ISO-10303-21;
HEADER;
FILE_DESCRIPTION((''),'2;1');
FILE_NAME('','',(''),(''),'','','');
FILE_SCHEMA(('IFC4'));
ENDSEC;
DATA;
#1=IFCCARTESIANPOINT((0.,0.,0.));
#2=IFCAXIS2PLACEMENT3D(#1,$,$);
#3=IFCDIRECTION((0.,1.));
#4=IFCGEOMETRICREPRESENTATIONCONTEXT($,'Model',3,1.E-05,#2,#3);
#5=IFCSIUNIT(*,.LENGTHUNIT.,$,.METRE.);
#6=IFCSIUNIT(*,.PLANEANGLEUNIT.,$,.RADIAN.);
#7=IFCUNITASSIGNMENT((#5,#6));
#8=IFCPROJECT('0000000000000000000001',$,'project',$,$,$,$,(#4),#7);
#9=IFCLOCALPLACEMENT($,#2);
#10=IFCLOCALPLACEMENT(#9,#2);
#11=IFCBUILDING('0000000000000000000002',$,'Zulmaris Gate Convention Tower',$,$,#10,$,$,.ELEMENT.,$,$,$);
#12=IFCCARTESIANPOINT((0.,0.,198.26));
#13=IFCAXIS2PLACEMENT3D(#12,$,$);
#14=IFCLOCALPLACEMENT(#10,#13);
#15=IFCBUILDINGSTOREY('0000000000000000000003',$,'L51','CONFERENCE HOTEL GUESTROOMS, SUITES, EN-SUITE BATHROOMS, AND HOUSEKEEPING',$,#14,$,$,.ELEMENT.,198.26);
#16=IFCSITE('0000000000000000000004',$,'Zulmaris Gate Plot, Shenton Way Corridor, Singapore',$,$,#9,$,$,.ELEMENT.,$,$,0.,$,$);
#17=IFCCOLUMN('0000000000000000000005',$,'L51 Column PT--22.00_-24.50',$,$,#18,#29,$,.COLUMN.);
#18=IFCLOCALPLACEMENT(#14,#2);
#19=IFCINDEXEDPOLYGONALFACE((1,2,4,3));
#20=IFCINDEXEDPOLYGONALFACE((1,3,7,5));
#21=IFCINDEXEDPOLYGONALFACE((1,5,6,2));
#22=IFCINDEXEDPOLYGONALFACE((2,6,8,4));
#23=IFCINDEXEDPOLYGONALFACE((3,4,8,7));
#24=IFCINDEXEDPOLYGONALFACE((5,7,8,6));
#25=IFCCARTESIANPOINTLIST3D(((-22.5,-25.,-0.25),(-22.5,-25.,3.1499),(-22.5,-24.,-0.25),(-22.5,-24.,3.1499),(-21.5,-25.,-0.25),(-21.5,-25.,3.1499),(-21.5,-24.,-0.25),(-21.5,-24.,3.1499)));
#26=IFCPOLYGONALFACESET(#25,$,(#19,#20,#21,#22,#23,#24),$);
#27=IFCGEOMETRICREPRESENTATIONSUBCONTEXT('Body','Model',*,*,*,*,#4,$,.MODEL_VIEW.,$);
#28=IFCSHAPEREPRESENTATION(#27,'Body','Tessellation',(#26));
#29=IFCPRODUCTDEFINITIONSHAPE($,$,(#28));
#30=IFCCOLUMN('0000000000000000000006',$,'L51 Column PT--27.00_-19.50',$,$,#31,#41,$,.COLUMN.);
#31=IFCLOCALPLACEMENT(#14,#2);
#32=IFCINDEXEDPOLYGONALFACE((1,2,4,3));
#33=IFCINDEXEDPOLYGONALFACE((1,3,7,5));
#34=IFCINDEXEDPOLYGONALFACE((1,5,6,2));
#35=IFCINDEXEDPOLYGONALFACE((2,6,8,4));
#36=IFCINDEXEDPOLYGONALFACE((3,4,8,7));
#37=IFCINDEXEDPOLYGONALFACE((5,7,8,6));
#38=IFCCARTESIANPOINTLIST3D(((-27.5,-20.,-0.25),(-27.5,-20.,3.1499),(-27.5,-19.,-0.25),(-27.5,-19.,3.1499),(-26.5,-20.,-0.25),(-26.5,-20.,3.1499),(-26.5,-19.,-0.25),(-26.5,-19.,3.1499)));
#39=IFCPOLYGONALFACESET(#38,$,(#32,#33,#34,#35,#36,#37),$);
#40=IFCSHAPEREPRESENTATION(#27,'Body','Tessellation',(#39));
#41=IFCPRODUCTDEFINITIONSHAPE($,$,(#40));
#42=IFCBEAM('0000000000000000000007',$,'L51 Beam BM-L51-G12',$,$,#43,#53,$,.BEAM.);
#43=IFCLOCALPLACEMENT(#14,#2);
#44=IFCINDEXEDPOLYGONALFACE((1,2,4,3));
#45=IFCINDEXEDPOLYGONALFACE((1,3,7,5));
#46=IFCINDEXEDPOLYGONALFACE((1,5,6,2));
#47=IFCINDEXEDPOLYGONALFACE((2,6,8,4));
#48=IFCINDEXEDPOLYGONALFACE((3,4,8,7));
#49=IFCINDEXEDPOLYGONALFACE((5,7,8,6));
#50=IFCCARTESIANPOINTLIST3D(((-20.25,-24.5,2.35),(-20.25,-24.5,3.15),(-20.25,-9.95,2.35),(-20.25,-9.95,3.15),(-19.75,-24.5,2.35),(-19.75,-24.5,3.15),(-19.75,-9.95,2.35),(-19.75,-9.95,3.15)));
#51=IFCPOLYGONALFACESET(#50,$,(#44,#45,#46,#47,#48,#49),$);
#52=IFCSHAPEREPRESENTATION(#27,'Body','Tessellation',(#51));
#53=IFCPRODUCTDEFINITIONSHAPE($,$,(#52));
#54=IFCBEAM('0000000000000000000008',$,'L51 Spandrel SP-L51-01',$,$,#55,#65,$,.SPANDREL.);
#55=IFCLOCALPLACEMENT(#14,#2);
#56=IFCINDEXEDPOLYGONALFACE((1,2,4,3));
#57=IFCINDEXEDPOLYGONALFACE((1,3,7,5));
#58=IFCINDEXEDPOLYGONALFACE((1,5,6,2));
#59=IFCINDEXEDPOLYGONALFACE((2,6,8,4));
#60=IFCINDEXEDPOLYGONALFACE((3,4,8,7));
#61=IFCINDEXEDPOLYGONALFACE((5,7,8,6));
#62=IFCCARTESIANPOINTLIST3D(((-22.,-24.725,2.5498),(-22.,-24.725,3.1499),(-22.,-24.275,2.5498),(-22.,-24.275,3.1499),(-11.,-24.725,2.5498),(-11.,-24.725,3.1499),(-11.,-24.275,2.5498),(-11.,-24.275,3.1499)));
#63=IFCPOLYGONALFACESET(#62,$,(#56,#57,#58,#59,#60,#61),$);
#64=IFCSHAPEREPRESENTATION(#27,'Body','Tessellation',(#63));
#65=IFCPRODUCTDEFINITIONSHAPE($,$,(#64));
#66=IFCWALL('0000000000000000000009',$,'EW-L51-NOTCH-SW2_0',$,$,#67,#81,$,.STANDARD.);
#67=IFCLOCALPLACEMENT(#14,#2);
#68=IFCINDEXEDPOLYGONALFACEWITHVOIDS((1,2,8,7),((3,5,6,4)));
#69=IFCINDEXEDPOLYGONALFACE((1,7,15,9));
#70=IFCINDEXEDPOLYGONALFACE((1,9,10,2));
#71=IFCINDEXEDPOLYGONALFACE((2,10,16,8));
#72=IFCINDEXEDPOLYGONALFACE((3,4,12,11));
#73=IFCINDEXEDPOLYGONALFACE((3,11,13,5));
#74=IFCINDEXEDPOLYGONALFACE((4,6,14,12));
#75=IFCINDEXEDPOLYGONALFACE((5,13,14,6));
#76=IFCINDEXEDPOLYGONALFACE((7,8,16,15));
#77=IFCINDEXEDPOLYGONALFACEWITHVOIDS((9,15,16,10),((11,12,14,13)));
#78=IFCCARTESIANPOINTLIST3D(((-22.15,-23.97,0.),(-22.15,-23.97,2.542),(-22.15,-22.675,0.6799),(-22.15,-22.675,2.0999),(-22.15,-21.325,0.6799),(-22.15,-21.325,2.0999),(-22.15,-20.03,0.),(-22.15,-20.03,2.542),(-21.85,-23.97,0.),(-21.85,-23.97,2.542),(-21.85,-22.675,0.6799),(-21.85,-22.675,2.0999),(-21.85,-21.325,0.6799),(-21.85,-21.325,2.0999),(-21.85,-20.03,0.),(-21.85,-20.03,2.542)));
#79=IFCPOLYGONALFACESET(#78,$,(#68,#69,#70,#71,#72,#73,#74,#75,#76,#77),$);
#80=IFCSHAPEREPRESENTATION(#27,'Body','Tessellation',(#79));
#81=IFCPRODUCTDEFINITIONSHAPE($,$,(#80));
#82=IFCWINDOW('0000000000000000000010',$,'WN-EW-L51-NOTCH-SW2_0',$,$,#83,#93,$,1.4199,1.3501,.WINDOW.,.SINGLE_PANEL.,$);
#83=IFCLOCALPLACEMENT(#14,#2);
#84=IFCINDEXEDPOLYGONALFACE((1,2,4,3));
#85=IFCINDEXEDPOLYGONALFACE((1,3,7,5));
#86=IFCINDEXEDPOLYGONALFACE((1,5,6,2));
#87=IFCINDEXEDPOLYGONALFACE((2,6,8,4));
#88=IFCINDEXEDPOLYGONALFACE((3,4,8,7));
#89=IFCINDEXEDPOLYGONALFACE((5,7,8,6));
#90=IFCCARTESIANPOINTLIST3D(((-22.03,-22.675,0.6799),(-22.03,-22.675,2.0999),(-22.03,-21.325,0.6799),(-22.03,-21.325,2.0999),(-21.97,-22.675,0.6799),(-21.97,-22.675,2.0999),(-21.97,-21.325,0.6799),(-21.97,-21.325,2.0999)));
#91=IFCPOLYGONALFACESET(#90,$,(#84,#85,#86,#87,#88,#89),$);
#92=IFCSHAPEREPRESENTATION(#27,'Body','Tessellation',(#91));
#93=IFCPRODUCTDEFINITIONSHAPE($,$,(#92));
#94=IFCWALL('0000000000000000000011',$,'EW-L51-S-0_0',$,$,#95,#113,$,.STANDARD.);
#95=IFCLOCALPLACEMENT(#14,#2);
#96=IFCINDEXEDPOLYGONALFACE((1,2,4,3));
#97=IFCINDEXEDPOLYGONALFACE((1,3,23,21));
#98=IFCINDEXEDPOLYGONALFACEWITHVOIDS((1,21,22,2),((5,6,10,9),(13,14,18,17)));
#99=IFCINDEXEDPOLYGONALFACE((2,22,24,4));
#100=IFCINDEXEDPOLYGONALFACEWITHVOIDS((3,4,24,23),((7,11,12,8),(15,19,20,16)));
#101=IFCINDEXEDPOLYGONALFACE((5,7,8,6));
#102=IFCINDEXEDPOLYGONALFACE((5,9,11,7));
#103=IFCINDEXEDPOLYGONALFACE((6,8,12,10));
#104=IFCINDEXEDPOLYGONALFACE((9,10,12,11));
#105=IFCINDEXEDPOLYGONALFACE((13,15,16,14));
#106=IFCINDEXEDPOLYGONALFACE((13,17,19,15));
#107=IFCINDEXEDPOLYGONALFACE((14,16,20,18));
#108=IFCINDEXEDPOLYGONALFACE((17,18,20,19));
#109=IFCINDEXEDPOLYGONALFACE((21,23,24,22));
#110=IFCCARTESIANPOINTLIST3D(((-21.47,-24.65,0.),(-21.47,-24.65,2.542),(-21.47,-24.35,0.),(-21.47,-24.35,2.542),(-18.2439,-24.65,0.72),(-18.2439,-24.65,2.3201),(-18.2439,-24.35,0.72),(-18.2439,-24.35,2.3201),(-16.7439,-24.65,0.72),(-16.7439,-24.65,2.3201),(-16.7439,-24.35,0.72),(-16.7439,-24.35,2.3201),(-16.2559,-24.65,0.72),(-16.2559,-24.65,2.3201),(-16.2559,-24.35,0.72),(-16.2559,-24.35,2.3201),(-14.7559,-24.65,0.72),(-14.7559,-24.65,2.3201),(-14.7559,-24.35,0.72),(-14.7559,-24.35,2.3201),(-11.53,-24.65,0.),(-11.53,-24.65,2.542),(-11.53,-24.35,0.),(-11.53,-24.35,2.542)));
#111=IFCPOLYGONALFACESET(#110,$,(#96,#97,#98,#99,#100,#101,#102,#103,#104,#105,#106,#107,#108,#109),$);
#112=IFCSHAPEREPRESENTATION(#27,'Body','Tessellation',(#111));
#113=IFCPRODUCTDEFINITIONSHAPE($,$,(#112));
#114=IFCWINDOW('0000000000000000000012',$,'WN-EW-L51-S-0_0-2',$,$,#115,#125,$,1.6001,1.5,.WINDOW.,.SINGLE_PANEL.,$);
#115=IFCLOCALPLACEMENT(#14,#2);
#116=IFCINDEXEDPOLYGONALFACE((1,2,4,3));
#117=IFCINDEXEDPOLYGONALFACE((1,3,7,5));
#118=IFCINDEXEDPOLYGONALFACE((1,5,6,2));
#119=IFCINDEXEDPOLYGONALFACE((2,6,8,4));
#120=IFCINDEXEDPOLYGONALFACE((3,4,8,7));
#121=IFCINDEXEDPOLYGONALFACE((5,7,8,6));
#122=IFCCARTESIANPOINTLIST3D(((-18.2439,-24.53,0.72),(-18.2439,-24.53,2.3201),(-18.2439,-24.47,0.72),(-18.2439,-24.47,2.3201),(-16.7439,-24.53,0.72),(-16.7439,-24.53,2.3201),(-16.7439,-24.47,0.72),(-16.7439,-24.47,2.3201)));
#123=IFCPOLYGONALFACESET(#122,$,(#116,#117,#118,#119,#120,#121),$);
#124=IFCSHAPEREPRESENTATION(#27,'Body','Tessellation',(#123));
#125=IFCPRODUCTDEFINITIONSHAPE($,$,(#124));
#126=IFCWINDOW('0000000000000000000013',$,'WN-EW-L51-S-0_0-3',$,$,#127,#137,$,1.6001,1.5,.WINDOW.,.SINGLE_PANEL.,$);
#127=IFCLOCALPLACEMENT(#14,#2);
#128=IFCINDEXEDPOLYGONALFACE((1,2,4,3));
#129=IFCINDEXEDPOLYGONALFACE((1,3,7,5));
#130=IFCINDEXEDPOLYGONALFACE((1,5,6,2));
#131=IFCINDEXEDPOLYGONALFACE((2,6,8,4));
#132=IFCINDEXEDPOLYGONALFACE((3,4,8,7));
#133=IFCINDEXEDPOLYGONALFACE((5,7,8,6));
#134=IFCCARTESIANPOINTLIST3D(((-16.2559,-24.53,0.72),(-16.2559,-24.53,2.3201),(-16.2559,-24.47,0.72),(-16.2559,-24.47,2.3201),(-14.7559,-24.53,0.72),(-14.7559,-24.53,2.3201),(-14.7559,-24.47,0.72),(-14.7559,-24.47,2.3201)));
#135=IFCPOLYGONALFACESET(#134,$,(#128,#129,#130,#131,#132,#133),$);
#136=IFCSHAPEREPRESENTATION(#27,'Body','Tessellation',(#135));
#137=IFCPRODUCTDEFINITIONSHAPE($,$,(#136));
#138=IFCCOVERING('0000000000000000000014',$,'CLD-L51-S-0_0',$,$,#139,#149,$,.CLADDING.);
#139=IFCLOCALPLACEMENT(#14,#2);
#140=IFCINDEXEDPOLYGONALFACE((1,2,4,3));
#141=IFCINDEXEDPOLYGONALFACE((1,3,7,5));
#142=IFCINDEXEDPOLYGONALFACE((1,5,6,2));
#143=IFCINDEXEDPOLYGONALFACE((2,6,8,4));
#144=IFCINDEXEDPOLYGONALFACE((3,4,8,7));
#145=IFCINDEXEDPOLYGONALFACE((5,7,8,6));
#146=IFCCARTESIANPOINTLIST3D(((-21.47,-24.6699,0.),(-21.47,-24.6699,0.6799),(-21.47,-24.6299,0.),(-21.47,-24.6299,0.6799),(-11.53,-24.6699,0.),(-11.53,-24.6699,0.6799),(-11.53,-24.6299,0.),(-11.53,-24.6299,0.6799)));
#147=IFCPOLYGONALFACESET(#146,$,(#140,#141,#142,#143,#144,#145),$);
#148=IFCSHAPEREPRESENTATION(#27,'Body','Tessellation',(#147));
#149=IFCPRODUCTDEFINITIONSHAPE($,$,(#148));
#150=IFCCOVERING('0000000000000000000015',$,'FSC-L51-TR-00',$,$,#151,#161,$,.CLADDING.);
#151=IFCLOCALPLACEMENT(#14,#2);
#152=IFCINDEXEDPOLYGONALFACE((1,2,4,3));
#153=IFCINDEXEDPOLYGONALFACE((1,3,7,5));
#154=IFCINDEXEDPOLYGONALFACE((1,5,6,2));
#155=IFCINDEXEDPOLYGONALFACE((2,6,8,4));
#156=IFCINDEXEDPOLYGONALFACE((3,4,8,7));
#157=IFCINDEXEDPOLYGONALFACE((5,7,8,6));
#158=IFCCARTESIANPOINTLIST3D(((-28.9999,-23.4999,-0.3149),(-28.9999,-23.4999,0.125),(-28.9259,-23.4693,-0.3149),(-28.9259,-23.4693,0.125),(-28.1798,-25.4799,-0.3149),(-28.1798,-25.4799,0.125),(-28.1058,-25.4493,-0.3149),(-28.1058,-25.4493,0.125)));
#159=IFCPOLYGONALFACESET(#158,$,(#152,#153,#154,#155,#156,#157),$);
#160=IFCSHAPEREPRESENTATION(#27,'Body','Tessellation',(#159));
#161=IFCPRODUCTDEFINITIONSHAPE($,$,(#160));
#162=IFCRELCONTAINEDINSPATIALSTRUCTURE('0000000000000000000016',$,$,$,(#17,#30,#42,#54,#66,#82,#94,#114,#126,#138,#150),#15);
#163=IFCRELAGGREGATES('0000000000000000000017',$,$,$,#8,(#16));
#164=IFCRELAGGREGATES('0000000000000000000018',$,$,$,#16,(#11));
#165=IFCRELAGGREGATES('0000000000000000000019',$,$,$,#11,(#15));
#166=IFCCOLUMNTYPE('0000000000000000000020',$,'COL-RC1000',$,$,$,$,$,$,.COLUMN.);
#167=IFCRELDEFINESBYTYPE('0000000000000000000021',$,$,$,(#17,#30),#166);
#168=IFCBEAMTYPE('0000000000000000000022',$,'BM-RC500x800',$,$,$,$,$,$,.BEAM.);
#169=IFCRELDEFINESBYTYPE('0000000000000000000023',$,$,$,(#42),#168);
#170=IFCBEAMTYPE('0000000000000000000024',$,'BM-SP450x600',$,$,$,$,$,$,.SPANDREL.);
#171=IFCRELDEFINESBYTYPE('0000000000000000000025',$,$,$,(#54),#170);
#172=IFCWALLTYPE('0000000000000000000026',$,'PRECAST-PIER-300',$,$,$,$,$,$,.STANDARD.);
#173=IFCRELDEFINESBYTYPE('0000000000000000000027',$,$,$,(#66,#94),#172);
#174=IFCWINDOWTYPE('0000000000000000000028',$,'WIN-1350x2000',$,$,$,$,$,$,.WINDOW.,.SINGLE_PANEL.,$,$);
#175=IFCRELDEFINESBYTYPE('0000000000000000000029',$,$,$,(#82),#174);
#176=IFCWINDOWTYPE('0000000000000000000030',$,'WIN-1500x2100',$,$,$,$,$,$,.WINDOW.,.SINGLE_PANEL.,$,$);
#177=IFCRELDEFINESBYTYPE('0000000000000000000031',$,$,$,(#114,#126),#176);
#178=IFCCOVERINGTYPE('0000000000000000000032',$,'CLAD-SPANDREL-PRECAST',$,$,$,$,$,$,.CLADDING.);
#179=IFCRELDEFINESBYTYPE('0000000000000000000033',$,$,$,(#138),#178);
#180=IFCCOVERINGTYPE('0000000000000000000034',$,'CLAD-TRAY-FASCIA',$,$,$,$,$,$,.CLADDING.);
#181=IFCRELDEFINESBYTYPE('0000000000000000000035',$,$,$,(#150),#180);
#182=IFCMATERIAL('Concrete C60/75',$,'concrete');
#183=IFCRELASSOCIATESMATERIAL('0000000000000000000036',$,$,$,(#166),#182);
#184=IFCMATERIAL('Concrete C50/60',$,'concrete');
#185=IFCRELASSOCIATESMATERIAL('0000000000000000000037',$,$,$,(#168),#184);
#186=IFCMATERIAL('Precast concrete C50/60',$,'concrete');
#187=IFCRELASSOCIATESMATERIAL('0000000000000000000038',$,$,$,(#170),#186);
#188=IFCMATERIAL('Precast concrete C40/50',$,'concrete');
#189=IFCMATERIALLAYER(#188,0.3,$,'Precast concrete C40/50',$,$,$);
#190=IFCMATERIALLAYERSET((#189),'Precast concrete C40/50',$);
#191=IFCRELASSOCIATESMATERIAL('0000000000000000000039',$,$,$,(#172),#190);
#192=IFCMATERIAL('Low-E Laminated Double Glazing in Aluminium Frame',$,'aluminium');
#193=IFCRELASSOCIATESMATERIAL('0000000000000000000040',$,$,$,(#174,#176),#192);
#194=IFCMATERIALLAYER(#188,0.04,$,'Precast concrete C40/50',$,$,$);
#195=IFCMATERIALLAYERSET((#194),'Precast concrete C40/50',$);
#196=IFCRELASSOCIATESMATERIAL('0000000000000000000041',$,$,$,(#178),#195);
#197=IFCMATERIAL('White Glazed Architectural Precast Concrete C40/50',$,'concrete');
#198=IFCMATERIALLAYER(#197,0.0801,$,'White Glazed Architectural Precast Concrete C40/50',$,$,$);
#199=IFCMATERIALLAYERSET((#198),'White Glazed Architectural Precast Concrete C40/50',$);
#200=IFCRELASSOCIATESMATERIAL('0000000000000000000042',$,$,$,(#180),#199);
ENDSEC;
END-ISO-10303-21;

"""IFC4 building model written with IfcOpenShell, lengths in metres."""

from ifc_helpers import new_model, si_unit, direction, frame, frame_2d, origin, origin_2d, place, context, subcontext, project, spatial, rectangle, extrude, material, layer, layer_set, material_profile, profile_set, type_object, element, fill, save


model = new_model("IFC4")

# Units and contexts
model_context = context("Model", 3, precision=1e-05, world=origin(), true_north=direction((0.0, 1.0)))
body_context = subcontext(model_context, "Body", "Model", "MODEL_VIEW")
ifc_project = project(units=[si_unit("LENGTHUNIT", "METRE"), si_unit("PLANEANGLEUNIT", "RADIAN")], contexts=[model_context])

# Site, building, storey
site_placement = place(None, origin())
site = spatial("IfcSite", under=ifc_project, at=site_placement, Name="Zulmaris Gate Plot, Shenton Way Corridor, Singapore", CompositionType="ELEMENT", RefElevation=0.0)
building_placement = place(site_placement, origin())
building = spatial("IfcBuilding", under=site, at=building_placement, Name="Zulmaris Gate Convention Tower", CompositionType="ELEMENT")
storey_placement = place(building_placement, frame((0.0, 0.0, 198.26)))
storey = spatial("IfcBuildingStorey", under=building, at=storey_placement, Name="L51", Description="CONFERENCE HOTEL GUESTROOMS, SUITES, EN-SUITE BATHROOMS, AND HOUSEKEEPING", CompositionType="ELEMENT", Elevation=198.26)

# Columns
ifc_material_1 = material(Name="Concrete C60/75", Category="concrete")
ifc_material_profile_1 = material_profile(ifc_material_1, rectangle(XDim=1.0, YDim=1.0, at=origin_2d()), Name="RC COL 1000x1000")
ifc_profile_set_1 = profile_set([ifc_material_profile_1], Name="Concrete C60/75")
column_type = type_object("IfcColumnType", Name="COL-RC1000", PredefinedType="COLUMN", material=ifc_profile_set_1)
for number, where, z_axis, x_axis, name in (
    (1, (-22.0, -24.5, -0.25), (0.0, 0.0, 1.0), (1.0, 0.0, 0.0), "L51 Column PT--22.00_-24.50"),
    (2, (-27.0, -19.5, -0.25), (0.0, 0.0, 1.0), (1.0, 0.0, 0.0), "L51 Column PT--27.00_-19.50"),
):
    element("IfcColumn", number, at=place(storey_placement, frame(where, z_axis=z_axis, x_axis=x_axis)), inside=storey, type_object=column_type, Name=name, PredefinedType="COLUMN", context=body_context, shape_type="SweptSolid", body=[
        extrude(rectangle(XDim=1.0, YDim=1.0, at=origin_2d()), origin(), (0.0, 0.0, 1.0), 3.3999),
    ])

# Beams
ifc_material_2 = material(Name="Concrete C50/60", Category="concrete")
ifc_material_profile_2 = material_profile(ifc_material_2, rectangle(XDim=0.5, YDim=0.8, at=origin_2d()), Name="RC BEAM 500x800")
ifc_profile_set_2 = profile_set([ifc_material_profile_2], Name="Concrete C50/60")
beam_type_1 = type_object("IfcBeamType", Name="BM-RC500x800", PredefinedType="BEAM", material=ifc_profile_set_2)
beam_1_placement = place(storey_placement, frame((-20.0, -24.5, 2.75), z_axis=(0.0, 1.0, 0.0), x_axis=(-1.0, 0.0, 0.0)))
element("IfcBeam", 3, at=beam_1_placement, inside=storey, type_object=beam_type_1, Name="L51 Beam BM-L51-G12", PredefinedType="BEAM", context=body_context, shape_type="SweptSolid", body=[
    extrude(rectangle(XDim=0.5, YDim=0.8, at=origin_2d()), origin(), (0.0, 0.0, 1.0), 14.55),
])
ifc_material_3 = material(Name="Precast concrete C50/60", Category="concrete")
ifc_material_profile_3 = material_profile(ifc_material_3, rectangle(XDim=0.45, YDim=0.6001, at=origin_2d()), Name="RC SPANDREL 450x600")
ifc_profile_set_3 = profile_set([ifc_material_profile_3], Name="Precast concrete C50/60")
beam_type_2 = type_object("IfcBeamType", Name="BM-SP450x600", PredefinedType="SPANDREL", material=ifc_profile_set_3)
beam_2_placement = place(storey_placement, frame((-22.0, -24.5, 2.8499), z_axis=(1.0, 0.0, 0.0), x_axis=(0.0, 1.0, 0.0)))
element("IfcBeam", 4, at=beam_2_placement, inside=storey, type_object=beam_type_2, Name="L51 Spandrel SP-L51-01", PredefinedType="SPANDREL", context=body_context, shape_type="SweptSolid", body=[
    extrude(rectangle(XDim=0.45, YDim=0.6001, at=origin_2d()), origin(), (0.0, 0.0, 1.0), 11.0),
])

# Wall, opening, window
ifc_material_4 = material(Name="Precast concrete C40/50", Category="concrete")
ifc_layer_1 = layer(ifc_material_4, 0.3, Name="Precast concrete C40/50")
ifc_layer_set_1 = layer_set([ifc_layer_1], Name="Precast concrete C40/50")
wall_type = type_object("IfcWallType", Name="PRECAST-PIER-300", PredefinedType="STANDARD", material=ifc_layer_set_1)
wall_1_placement = place(storey_placement, frame((-22.0, -20.03, 0.0), z_axis=(0.0, 0.0, 1.0), x_axis=(0.0, -1.0, 0.0)))
wall_1 = element("IfcWall", 5, at=wall_1_placement, inside=storey, type_object=wall_type, Name="EW-L51-NOTCH-SW2_0", PredefinedType="STANDARD", context=body_context, shape_type="SweptSolid", body=[
    extrude(rectangle(XDim=3.9399, YDim=0.3, at=frame_2d((1.97, 0.0))), origin(), (0.0, 0.0, 1.0), 2.542),
])
opening_1_placement = place(wall_1_placement, frame((1.2949, 0.0, 0.6799)))
opening_1 = element("IfcOpeningElement", 6, at=opening_1_placement, cuts=wall_1, PredefinedType="OPENING", context=body_context, shape_type="SweptSolid", body=[
    extrude(rectangle(XDim=1.3501, YDim=1.4199, at=frame_2d((0.675, 0.71))), frame((0.0, 0.1602, 0.0), z_axis=(0.0, -1.0, 0.0), x_axis=(1.0, 0.0, 0.0)), (0.0, 0.0, 1.0), 0.3201),
])
ifc_material_5 = material(Name="Low-E Laminated Double Glazing in Aluminium Frame", Category="aluminium")
window_type_1 = type_object("IfcWindowType", Name="WIN-1350x2000", PartitioningType="SINGLE_PANEL", PredefinedType="WINDOW", material=ifc_material_5)
window_1_placement = place(opening_1_placement, origin())
window_1 = element("IfcWindow", 7, at=window_1_placement, inside=storey, type_object=window_type_1, Name="WN-EW-L51-NOTCH-SW2_0", OverallHeight=1.4199, OverallWidth=1.3501, PartitioningType="SINGLE_PANEL", PredefinedType="WINDOW", context=body_context, shape_type="SweptSolid", body=[
    extrude(rectangle(XDim=1.3501, YDim=1.4199, at=frame_2d((0.675, 0.71))), frame((0.0, 0.03, 0.0), z_axis=(0.0, -1.0, 0.0), x_axis=(1.0, 0.0, 0.0)), (0.0, 0.0, 1.0), 0.0601),
])
fill(opening_1, window_1)

# Wall, openings, windows
wall_2_placement = place(storey_placement, frame((-21.47, -24.5, 0.0), z_axis=(0.0, 0.0, 1.0), x_axis=(1.0, 0.0, 0.0)))
wall_2 = element("IfcWall", 8, at=wall_2_placement, inside=storey, type_object=wall_type, Name="EW-L51-S-0_0", PredefinedType="STANDARD", context=body_context, shape_type="SweptSolid", body=[
    extrude(rectangle(XDim=9.9399, YDim=0.3, at=frame_2d((4.97, 0.0))), origin(), (0.0, 0.0, 1.0), 2.542),
])
opening_2_placement = place(wall_2_placement, frame((3.2261, 0.0, 0.72)))
opening_2 = element("IfcOpeningElement", 9, at=opening_2_placement, cuts=wall_2, PredefinedType="OPENING", context=body_context, shape_type="SweptSolid", body=[
    extrude(rectangle(XDim=1.5, YDim=1.6001, at=frame_2d((0.75, 0.8))), frame((0.0, 0.1602, 0.0), z_axis=(0.0, -1.0, 0.0), x_axis=(1.0, 0.0, 0.0)), (0.0, 0.0, 1.0), 0.3201),
])
opening_3_placement = place(wall_2_placement, frame((5.2141, 0.0, 0.72)))
opening_3 = element("IfcOpeningElement", 10, at=opening_3_placement, cuts=wall_2, PredefinedType="OPENING", context=body_context, shape_type="SweptSolid", body=[
    extrude(rectangle(XDim=1.5, YDim=1.6001, at=frame_2d((0.75, 0.8))), frame((0.0, 0.1602, 0.0), z_axis=(0.0, -1.0, 0.0), x_axis=(1.0, 0.0, 0.0)), (0.0, 0.0, 1.0), 0.3201),
])
window_type_2 = type_object("IfcWindowType", Name="WIN-1500x2100", PartitioningType="SINGLE_PANEL", PredefinedType="WINDOW", material=ifc_material_5)
window_2_placement = place(opening_2_placement, origin())
window_2 = element("IfcWindow", 11, at=window_2_placement, inside=storey, type_object=window_type_2, Name="WN-EW-L51-S-0_0-2", OverallHeight=1.6001, OverallWidth=1.5, PartitioningType="SINGLE_PANEL", PredefinedType="WINDOW", context=body_context, shape_type="SweptSolid", body=[
    extrude(rectangle(XDim=1.5, YDim=1.6001, at=frame_2d((0.75, 0.8))), frame((0.0, 0.03, 0.0), z_axis=(0.0, -1.0, 0.0), x_axis=(1.0, 0.0, 0.0)), (0.0, 0.0, 1.0), 0.0601),
])
fill(opening_2, window_2)
window_3_placement = place(opening_3_placement, origin())
window_3 = element("IfcWindow", 12, at=window_3_placement, inside=storey, type_object=window_type_2, Name="WN-EW-L51-S-0_0-3", OverallHeight=1.6001, OverallWidth=1.5, PartitioningType="SINGLE_PANEL", PredefinedType="WINDOW", context=body_context, shape_type="SweptSolid", body=[
    extrude(rectangle(XDim=1.5, YDim=1.6001, at=frame_2d((0.75, 0.8))), frame((0.0, 0.03, 0.0), z_axis=(0.0, -1.0, 0.0), x_axis=(1.0, 0.0, 0.0)), (0.0, 0.0, 1.0), 0.0601),
])
fill(opening_3, window_3)

# Coverings
ifc_layer_2 = layer(ifc_material_4, 0.04, Name="Precast concrete C40/50")
ifc_layer_set_2 = layer_set([ifc_layer_2], Name="Precast concrete C40/50")
covering_type_1 = type_object("IfcCoveringType", Name="CLAD-SPANDREL-PRECAST", PredefinedType="CLADDING", material=ifc_layer_set_2)
covering_1_placement = place(storey_placement, frame((-21.47, -24.6499, 0.0), z_axis=(0.0, 0.0, 1.0), x_axis=(1.0, 0.0, 0.0)))
element("IfcCovering", 13, at=covering_1_placement, inside=storey, type_object=covering_type_1, Name="CLD-L51-S-0_0", PredefinedType="CLADDING", context=body_context, shape_type="SweptSolid", body=[
    extrude(rectangle(XDim=9.9399, YDim=0.04, at=frame_2d((4.97, 0.0))), origin(), (0.0, 0.0, 1.0), 0.6799),
])
ifc_material_6 = material(Name="White Glazed Architectural Precast Concrete C40/50", Category="concrete")
ifc_layer_3 = layer(ifc_material_6, 0.0801, Name="White Glazed Architectural Precast Concrete C40/50")
ifc_layer_set_3 = layer_set([ifc_layer_3], Name="White Glazed Architectural Precast Concrete C40/50")
covering_type_2 = type_object("IfcCoveringType", Name="CLAD-TRAY-FASCIA", PredefinedType="CLADDING", material=ifc_layer_set_3)
covering_2_placement = place(storey_placement, frame((-28.9629, -23.4846, -0.3149), z_axis=(0.0, 0.0, 1.0), x_axis=(0.382657, -0.92389, 0.0)))
element("IfcCovering", 14, at=covering_2_placement, inside=storey, type_object=covering_type_2, Name="FSC-L51-TR-00", PredefinedType="CLADDING", context=body_context, shape_type="SweptSolid", body=[
    extrude(rectangle(XDim=2.1431, YDim=0.0801, at=frame_2d((1.0715, 0.0))), origin(), (0.0, 0.0, 1.0), 0.4399),
])

save(model, "model.ifc")
